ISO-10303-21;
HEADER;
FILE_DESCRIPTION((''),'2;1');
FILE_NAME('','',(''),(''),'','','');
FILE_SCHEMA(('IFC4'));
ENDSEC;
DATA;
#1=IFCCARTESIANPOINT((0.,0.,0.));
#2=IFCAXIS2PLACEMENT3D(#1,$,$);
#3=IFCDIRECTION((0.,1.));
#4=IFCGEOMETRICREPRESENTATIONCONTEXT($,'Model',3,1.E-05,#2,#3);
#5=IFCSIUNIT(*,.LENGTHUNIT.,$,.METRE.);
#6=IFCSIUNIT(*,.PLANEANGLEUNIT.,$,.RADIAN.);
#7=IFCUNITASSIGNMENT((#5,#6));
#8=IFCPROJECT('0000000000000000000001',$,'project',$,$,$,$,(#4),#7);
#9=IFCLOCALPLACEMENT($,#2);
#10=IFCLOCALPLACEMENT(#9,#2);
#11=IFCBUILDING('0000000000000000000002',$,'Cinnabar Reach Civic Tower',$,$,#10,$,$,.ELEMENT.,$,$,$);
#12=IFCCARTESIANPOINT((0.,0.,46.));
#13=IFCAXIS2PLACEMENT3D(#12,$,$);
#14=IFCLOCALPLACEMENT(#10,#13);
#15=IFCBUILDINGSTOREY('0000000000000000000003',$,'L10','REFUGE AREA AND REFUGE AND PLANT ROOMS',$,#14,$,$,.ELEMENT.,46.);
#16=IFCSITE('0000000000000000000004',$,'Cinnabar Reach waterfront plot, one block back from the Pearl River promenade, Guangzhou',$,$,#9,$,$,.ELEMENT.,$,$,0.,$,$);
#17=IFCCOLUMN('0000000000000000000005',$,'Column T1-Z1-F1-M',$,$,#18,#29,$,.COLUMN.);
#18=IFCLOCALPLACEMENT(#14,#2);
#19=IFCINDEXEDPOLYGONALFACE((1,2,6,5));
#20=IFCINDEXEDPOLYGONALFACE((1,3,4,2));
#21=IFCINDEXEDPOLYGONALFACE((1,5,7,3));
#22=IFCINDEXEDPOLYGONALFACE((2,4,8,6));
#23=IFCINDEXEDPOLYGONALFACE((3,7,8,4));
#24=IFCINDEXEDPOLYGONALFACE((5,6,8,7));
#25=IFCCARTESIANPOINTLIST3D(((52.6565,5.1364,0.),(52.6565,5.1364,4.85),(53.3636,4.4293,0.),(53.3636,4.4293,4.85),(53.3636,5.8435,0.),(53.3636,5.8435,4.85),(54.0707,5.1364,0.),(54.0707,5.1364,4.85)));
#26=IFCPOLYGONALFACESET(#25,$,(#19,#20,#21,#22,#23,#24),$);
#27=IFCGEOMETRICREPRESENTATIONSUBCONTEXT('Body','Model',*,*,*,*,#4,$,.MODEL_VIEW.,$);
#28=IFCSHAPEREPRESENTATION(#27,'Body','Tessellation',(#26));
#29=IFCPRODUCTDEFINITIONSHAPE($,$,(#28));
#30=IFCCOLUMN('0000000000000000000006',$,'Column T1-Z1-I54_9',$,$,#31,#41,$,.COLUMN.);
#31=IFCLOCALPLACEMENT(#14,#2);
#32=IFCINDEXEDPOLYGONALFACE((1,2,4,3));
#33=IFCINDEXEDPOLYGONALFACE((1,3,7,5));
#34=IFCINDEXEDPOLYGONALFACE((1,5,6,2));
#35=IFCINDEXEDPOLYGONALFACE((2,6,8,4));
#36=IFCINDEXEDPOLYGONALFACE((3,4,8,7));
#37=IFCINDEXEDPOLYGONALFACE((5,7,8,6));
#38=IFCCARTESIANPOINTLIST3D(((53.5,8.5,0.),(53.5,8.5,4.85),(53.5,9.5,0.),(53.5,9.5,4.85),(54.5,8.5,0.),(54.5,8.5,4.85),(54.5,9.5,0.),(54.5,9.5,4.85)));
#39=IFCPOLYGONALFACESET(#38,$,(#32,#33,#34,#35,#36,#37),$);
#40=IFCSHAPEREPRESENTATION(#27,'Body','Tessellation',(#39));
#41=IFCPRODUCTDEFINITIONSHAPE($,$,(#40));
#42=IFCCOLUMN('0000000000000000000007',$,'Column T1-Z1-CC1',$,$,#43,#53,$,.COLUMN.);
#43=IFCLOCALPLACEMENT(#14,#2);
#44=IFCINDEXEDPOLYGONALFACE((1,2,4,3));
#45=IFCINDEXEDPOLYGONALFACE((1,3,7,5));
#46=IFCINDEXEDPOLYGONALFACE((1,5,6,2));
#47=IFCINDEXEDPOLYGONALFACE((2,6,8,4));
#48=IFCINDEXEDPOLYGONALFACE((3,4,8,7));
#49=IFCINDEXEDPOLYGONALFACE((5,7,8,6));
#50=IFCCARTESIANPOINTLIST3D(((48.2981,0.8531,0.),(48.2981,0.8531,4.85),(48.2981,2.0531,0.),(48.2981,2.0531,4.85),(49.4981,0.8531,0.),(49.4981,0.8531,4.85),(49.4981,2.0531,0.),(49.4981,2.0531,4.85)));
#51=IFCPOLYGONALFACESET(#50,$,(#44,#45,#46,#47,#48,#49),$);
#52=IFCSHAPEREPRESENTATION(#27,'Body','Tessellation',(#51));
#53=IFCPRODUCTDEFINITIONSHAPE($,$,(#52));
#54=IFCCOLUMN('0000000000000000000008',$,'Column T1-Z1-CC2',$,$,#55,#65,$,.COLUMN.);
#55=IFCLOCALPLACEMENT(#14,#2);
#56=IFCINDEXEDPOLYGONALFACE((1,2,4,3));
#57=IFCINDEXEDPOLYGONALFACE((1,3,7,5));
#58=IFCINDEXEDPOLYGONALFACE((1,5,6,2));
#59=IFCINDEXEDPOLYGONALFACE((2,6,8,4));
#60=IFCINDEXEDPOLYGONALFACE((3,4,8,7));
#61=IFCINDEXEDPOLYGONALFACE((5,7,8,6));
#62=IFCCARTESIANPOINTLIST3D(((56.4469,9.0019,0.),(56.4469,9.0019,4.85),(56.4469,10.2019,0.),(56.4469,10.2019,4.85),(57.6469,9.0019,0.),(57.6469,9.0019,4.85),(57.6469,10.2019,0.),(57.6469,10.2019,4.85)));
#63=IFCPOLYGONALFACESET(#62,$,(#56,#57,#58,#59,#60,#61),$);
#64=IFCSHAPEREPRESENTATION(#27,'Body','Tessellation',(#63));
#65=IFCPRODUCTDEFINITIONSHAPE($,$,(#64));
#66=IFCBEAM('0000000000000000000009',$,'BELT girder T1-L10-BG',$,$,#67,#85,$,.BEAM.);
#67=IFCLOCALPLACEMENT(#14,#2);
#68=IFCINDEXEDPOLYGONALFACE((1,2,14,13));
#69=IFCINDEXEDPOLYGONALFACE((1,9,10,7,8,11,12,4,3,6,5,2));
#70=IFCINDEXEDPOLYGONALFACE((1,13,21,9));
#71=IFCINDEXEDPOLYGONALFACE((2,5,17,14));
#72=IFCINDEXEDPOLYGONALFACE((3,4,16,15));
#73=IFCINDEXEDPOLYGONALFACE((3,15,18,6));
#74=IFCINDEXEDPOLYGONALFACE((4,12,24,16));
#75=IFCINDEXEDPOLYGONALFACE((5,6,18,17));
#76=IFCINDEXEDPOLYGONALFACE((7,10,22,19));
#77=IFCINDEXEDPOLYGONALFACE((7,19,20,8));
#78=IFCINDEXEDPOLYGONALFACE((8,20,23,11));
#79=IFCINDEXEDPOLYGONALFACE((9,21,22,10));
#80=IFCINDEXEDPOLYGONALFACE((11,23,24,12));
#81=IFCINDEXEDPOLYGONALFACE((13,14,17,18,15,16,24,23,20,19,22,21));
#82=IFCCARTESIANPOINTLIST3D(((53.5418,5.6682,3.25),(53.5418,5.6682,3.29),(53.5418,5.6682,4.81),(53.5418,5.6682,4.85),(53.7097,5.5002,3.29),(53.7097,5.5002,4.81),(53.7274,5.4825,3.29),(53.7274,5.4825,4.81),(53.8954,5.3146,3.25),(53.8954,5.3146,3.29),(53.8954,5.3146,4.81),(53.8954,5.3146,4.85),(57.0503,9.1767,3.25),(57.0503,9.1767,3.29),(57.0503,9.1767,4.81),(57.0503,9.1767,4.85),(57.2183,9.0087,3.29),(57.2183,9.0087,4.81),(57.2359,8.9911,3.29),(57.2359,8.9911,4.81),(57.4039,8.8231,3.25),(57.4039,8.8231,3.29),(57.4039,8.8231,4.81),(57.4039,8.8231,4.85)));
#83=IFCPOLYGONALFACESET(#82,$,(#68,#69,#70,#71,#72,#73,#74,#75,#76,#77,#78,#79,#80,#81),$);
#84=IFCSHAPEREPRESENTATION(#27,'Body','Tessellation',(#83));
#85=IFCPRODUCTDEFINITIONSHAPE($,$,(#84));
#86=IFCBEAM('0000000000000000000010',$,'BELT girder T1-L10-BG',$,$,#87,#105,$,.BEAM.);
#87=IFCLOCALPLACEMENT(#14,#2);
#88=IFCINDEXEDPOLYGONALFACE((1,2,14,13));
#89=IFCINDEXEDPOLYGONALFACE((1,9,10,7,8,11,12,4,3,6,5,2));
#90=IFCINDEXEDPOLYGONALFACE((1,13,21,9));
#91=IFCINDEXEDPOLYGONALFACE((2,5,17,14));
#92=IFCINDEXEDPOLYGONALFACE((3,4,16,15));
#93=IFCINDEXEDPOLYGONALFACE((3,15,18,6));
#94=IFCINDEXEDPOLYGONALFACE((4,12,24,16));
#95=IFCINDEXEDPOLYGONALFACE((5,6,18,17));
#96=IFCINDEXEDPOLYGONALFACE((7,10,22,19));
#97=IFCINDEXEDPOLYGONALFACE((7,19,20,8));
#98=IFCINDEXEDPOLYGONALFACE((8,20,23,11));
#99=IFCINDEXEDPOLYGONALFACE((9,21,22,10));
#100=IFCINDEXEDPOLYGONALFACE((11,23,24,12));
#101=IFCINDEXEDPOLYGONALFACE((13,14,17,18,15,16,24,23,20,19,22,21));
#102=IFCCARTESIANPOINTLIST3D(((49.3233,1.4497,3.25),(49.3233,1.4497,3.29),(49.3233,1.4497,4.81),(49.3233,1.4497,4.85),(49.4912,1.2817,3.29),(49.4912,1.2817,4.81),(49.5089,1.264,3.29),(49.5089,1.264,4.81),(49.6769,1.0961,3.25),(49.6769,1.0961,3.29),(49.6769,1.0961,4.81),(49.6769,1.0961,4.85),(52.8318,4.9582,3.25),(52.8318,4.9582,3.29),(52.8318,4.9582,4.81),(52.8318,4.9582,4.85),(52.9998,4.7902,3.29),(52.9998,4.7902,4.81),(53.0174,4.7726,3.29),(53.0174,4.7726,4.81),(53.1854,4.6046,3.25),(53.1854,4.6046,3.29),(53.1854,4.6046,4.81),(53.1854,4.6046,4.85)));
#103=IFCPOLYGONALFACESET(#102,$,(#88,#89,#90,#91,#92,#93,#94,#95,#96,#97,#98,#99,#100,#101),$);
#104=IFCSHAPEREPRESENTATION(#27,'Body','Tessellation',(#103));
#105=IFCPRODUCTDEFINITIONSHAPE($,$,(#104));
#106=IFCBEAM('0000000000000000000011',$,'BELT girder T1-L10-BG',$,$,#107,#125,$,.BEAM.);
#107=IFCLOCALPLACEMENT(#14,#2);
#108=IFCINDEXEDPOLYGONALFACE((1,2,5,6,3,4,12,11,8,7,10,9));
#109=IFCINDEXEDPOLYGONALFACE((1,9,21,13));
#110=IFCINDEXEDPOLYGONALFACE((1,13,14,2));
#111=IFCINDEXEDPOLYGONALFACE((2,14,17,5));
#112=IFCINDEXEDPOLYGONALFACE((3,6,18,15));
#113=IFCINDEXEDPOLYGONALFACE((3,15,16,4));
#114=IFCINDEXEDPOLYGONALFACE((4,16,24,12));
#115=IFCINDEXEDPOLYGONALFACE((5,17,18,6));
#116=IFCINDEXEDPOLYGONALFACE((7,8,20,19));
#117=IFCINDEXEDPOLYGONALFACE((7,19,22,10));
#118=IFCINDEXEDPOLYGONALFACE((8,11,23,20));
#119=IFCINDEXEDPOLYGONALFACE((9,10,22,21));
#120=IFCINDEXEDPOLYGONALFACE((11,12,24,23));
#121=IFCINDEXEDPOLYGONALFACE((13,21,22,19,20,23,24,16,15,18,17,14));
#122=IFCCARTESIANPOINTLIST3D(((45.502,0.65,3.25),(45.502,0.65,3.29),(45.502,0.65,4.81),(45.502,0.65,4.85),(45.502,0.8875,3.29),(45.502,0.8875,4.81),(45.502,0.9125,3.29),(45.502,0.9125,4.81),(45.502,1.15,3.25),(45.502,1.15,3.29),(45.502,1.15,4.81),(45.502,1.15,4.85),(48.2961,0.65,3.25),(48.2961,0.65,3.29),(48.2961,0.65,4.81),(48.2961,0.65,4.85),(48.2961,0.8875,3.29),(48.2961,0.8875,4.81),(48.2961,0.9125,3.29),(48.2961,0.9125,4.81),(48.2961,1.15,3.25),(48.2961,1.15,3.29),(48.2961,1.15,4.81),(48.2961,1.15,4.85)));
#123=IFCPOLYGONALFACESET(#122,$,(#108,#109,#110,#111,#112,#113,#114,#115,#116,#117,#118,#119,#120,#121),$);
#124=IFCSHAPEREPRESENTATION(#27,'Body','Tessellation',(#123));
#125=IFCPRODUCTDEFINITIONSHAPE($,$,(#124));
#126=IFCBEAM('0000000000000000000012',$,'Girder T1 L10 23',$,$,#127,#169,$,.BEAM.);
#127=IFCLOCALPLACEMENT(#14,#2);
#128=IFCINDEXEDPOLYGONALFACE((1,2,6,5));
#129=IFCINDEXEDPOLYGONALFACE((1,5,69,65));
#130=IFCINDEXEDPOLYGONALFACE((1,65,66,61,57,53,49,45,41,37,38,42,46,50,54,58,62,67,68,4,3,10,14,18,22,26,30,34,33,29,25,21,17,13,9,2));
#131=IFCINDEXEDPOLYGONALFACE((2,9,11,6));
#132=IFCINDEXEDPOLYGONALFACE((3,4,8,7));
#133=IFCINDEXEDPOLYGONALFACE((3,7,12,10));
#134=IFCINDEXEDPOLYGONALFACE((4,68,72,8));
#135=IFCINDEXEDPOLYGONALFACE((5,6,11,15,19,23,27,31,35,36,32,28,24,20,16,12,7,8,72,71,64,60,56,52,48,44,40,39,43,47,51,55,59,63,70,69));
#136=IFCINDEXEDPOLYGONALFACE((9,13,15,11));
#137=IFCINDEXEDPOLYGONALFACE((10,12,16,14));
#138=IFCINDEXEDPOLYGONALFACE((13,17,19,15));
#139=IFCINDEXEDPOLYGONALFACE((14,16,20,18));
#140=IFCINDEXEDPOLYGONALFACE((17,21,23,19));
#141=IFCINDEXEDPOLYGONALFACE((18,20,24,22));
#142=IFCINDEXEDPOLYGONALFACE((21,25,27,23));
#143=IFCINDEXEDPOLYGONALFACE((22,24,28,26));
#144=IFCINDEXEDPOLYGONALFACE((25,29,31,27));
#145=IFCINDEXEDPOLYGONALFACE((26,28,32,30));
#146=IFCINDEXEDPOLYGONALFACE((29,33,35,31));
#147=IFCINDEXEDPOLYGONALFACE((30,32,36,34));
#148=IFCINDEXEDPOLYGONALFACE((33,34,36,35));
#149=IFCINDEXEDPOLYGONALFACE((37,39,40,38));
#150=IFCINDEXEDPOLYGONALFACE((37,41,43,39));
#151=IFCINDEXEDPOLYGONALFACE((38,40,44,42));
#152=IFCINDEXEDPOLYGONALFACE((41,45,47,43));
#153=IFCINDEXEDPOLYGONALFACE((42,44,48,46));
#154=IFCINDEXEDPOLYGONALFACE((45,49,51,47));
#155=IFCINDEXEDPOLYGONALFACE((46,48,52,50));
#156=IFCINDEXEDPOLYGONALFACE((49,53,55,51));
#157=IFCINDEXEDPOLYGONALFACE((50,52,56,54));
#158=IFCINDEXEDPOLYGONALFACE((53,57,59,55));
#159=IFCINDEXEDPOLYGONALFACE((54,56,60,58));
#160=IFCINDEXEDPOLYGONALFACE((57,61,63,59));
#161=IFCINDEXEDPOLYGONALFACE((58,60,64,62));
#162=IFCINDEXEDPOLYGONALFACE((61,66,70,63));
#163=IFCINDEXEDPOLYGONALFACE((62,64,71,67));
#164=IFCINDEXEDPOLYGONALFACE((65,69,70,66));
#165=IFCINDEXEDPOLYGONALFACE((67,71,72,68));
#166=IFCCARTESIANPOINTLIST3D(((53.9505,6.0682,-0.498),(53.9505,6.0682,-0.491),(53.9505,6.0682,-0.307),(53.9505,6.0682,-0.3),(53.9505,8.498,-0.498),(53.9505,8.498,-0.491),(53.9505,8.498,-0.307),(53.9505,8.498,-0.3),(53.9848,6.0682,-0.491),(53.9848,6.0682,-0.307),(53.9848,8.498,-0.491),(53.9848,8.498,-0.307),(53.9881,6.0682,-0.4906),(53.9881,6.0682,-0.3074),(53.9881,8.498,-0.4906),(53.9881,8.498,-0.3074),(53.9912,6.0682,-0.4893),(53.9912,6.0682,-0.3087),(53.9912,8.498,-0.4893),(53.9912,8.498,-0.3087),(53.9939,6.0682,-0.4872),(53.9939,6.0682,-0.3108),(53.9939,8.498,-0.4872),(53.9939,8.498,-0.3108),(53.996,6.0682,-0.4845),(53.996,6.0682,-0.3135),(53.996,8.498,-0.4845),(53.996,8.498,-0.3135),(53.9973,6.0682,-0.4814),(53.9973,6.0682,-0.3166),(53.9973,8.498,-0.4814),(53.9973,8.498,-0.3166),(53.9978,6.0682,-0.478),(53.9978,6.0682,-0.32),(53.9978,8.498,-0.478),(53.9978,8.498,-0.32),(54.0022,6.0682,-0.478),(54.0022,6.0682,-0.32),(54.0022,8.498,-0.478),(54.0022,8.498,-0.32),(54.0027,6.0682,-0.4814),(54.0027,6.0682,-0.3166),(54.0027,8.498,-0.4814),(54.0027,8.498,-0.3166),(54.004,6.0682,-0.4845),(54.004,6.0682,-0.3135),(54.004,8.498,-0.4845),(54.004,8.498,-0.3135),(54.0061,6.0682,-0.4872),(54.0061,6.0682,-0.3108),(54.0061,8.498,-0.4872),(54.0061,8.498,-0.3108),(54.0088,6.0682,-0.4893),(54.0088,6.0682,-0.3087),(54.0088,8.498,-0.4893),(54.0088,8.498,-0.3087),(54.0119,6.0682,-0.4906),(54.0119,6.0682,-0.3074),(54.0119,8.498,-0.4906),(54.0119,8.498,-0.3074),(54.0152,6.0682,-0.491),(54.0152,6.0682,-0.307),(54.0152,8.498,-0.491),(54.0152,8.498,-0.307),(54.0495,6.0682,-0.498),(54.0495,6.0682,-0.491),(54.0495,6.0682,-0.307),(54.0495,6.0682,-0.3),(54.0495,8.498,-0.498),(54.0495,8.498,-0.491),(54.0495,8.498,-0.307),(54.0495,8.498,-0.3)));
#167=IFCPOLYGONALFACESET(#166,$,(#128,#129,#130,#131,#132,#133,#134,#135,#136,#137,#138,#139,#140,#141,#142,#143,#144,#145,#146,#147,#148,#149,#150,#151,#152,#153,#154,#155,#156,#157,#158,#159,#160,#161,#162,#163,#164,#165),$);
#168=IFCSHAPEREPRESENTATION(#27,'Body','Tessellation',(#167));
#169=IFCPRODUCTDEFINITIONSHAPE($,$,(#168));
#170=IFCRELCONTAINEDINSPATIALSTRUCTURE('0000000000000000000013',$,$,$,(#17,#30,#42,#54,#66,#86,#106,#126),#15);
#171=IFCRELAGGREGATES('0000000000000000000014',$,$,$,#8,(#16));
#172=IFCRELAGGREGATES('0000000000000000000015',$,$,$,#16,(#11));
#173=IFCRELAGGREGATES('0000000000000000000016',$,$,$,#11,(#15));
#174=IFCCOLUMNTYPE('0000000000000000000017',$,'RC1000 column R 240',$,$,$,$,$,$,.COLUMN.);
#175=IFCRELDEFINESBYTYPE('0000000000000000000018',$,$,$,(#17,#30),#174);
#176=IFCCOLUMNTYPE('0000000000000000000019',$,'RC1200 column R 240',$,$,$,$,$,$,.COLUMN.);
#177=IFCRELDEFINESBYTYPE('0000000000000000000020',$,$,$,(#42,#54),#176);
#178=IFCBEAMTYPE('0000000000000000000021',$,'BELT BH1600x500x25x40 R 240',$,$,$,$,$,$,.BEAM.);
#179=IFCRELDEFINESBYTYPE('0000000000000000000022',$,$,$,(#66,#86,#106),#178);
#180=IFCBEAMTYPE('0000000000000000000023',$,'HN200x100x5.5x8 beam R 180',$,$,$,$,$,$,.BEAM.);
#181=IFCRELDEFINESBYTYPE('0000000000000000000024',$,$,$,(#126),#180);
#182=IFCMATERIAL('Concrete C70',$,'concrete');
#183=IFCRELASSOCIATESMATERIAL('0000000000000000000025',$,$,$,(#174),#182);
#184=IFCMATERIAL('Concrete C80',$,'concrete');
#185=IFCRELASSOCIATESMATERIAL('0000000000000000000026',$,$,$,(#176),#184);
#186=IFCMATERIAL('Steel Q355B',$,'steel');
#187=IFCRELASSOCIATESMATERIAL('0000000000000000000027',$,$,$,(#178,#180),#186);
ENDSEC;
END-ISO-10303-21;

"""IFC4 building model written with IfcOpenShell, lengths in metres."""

from ifc_helpers import new_model, si_unit, direction, frame, origin, origin_2d, place, context, subcontext, project, spatial, rectangle, i_section, extrude, material, material_profile, profile_set, type_object, element, save


model = new_model("IFC4")

# Units and contexts
model_context = context("Model", 3, precision=1e-05, world=origin(), true_north=direction((0.0, 1.0)))
body_context = subcontext(model_context, "Body", "Model", "MODEL_VIEW")
ifc_project = project(units=[si_unit("LENGTHUNIT", "METRE"), si_unit("PLANEANGLEUNIT", "RADIAN")], contexts=[model_context])

# Site, building, storey
site_placement = place(None, origin())
site = spatial("IfcSite", under=ifc_project, at=site_placement, Name="Cinnabar Reach waterfront plot, one block back from the Pearl River promenade, Guangzhou", CompositionType="ELEMENT", RefElevation=0.0)
building_placement = place(site_placement, origin())
building = spatial("IfcBuilding", under=site, at=building_placement, Name="Cinnabar Reach Civic Tower", CompositionType="ELEMENT")
storey_placement = place(building_placement, frame((0.0, 0.0, 46.0)))
storey = spatial("IfcBuildingStorey", under=building, at=storey_placement, Name="L10", Description="REFUGE AREA AND REFUGE AND PLANT ROOMS", CompositionType="ELEMENT", Elevation=46.0)

# Columns
ifc_material_1 = material(Name="Concrete C70", Category="concrete")
ifc_material_profile_1 = material_profile(ifc_material_1, rectangle(XDim=1.0, YDim=1.0, at=origin_2d()), Name="RC1000")
ifc_profile_set_1 = profile_set([ifc_material_profile_1], Name="Concrete C70")
column_type_1 = type_object("IfcColumnType", Name="RC1000 column R 240", PredefinedType="COLUMN", material=ifc_profile_set_1)
for number, where, z_axis, x_axis, name in (
    (1, (53.3636, 5.1364, 0.0), (0.0, 0.0, 1.0), (0.707107, 0.707107, 0.0), "Column T1-Z1-F1-M"),
    (2, (54.0, 9.0, 0.0), (0.0, 0.0, 1.0), (1.0, 0.0, 0.0), "Column T1-Z1-I54_9"),
):
    element("IfcColumn", number, at=place(storey_placement, frame(where, z_axis=z_axis, x_axis=x_axis)), inside=storey, type_object=column_type_1, Name=name, PredefinedType="COLUMN", context=body_context, shape_type="SweptSolid", body=[
        extrude(rectangle(XDim=1.0, YDim=1.0, at=origin_2d()), origin(), (0.0, 0.0, 1.0), 4.85),
    ])
ifc_material_2 = material(Name="Concrete C80", Category="concrete")
ifc_material_profile_2 = material_profile(ifc_material_2, rectangle(XDim=1.2, YDim=1.2, at=origin_2d()), Name="RC1200")
ifc_profile_set_2 = profile_set([ifc_material_profile_2], Name="Concrete C80")
column_type_2 = type_object("IfcColumnType", Name="RC1200 column R 240", PredefinedType="COLUMN", material=ifc_profile_set_2)
for number, where, z_axis, x_axis, name in (
    (3, (48.8981, 1.4531, 0.0), (0.0, 0.0, 1.0), (1.0, 0.0, 0.0), "Column T1-Z1-CC1"),
    (4, (57.0469, 9.6019, 0.0), (0.0, 0.0, 1.0), (1.0, 0.0, 0.0), "Column T1-Z1-CC2"),
):
    element("IfcColumn", number, at=place(storey_placement, frame(where, z_axis=z_axis, x_axis=x_axis)), inside=storey, type_object=column_type_2, Name=name, PredefinedType="COLUMN", context=body_context, shape_type="SweptSolid", body=[
        extrude(rectangle(XDim=1.2, YDim=1.2, at=origin_2d()), origin(), (0.0, 0.0, 1.0), 4.85),
    ])

# Beams
ifc_material_3 = material(Name="Steel Q355B", Category="steel")
ifc_material_profile_3 = material_profile(ifc_material_3, i_section(OverallWidth=0.5, OverallDepth=1.6, WebThickness=0.025, FlangeThickness=0.04, at=origin_2d()), Name="BH1600x500x25x40")
ifc_profile_set_3 = profile_set([ifc_material_profile_3], Name="Steel Q355B")
beam_type_1 = type_object("IfcBeamType", Name="BELT BH1600x500x25x40 R 240", PredefinedType="BEAM", material=ifc_profile_set_3)
for number, where, z_axis, x_axis, name in (
    (5, (57.2271, 8.9999, 4.05), (-0.707107, -0.707107, 0.0), (0.707107, -0.707107, 0.0), "BELT girder T1-L10-BG"),
    (6, (53.0086, 4.7814, 4.05), (-0.707107, -0.707107, 0.0), (0.707107, -0.707107, 0.0), "BELT girder T1-L10-BG"),
):
    element("IfcBeam", number, at=place(storey_placement, frame(where, z_axis=z_axis, x_axis=x_axis)), inside=storey, type_object=beam_type_1, Name=name, PredefinedType="BEAM", context=body_context, shape_type="SweptSolid", body=[
        extrude(i_section(OverallWidth=0.5, OverallDepth=1.6, WebThickness=0.025, FlangeThickness=0.04, at=origin_2d()), origin(), (0.0, 0.0, 1.0), 4.9618),
    ])
beam_1_placement = place(storey_placement, frame((48.2961, 0.9, 4.05), z_axis=(-1.0, 0.0, 0.0), x_axis=(0.0, -1.0, 0.0)))
element("IfcBeam", 7, at=beam_1_placement, inside=storey, type_object=beam_type_1, Name="BELT girder T1-L10-BG", PredefinedType="BEAM", context=body_context, shape_type="SweptSolid", body=[
    extrude(i_section(OverallWidth=0.5, OverallDepth=1.6, WebThickness=0.025, FlangeThickness=0.04, at=origin_2d()), origin(), (0.0, 0.0, 1.0), 2.7941),
])
ifc_material_profile_4 = material_profile(ifc_material_3, i_section(OverallWidth=0.099, OverallDepth=0.198, WebThickness=0.0045, FlangeThickness=0.007, FilletRadius=0.013, at=origin_2d()), Name="HN200x100x5.5x8")
ifc_profile_set_4 = profile_set([ifc_material_profile_4], Name="Steel Q355B")
beam_type_2 = type_object("IfcBeamType", Name="HN200x100x5.5x8 beam R 180", PredefinedType="BEAM", material=ifc_profile_set_4)
beam_2_placement = place(storey_placement, frame((54.0, 6.0682, -0.399), z_axis=(0.0, 1.0, 0.0), x_axis=(-1.0, 0.0, 0.0)))
element("IfcBeam", 8, at=beam_2_placement, inside=storey, type_object=beam_type_2, Name="Girder T1 L10 23", PredefinedType="BEAM", context=body_context, shape_type="SweptSolid", body=[
    extrude(i_section(OverallWidth=0.099, OverallDepth=0.198, WebThickness=0.0045, FlangeThickness=0.007, FilletRadius=0.013, at=origin_2d()), origin(), (0.0, 0.0, 1.0), 2.4298),
])

save(model, "model.ifc")
